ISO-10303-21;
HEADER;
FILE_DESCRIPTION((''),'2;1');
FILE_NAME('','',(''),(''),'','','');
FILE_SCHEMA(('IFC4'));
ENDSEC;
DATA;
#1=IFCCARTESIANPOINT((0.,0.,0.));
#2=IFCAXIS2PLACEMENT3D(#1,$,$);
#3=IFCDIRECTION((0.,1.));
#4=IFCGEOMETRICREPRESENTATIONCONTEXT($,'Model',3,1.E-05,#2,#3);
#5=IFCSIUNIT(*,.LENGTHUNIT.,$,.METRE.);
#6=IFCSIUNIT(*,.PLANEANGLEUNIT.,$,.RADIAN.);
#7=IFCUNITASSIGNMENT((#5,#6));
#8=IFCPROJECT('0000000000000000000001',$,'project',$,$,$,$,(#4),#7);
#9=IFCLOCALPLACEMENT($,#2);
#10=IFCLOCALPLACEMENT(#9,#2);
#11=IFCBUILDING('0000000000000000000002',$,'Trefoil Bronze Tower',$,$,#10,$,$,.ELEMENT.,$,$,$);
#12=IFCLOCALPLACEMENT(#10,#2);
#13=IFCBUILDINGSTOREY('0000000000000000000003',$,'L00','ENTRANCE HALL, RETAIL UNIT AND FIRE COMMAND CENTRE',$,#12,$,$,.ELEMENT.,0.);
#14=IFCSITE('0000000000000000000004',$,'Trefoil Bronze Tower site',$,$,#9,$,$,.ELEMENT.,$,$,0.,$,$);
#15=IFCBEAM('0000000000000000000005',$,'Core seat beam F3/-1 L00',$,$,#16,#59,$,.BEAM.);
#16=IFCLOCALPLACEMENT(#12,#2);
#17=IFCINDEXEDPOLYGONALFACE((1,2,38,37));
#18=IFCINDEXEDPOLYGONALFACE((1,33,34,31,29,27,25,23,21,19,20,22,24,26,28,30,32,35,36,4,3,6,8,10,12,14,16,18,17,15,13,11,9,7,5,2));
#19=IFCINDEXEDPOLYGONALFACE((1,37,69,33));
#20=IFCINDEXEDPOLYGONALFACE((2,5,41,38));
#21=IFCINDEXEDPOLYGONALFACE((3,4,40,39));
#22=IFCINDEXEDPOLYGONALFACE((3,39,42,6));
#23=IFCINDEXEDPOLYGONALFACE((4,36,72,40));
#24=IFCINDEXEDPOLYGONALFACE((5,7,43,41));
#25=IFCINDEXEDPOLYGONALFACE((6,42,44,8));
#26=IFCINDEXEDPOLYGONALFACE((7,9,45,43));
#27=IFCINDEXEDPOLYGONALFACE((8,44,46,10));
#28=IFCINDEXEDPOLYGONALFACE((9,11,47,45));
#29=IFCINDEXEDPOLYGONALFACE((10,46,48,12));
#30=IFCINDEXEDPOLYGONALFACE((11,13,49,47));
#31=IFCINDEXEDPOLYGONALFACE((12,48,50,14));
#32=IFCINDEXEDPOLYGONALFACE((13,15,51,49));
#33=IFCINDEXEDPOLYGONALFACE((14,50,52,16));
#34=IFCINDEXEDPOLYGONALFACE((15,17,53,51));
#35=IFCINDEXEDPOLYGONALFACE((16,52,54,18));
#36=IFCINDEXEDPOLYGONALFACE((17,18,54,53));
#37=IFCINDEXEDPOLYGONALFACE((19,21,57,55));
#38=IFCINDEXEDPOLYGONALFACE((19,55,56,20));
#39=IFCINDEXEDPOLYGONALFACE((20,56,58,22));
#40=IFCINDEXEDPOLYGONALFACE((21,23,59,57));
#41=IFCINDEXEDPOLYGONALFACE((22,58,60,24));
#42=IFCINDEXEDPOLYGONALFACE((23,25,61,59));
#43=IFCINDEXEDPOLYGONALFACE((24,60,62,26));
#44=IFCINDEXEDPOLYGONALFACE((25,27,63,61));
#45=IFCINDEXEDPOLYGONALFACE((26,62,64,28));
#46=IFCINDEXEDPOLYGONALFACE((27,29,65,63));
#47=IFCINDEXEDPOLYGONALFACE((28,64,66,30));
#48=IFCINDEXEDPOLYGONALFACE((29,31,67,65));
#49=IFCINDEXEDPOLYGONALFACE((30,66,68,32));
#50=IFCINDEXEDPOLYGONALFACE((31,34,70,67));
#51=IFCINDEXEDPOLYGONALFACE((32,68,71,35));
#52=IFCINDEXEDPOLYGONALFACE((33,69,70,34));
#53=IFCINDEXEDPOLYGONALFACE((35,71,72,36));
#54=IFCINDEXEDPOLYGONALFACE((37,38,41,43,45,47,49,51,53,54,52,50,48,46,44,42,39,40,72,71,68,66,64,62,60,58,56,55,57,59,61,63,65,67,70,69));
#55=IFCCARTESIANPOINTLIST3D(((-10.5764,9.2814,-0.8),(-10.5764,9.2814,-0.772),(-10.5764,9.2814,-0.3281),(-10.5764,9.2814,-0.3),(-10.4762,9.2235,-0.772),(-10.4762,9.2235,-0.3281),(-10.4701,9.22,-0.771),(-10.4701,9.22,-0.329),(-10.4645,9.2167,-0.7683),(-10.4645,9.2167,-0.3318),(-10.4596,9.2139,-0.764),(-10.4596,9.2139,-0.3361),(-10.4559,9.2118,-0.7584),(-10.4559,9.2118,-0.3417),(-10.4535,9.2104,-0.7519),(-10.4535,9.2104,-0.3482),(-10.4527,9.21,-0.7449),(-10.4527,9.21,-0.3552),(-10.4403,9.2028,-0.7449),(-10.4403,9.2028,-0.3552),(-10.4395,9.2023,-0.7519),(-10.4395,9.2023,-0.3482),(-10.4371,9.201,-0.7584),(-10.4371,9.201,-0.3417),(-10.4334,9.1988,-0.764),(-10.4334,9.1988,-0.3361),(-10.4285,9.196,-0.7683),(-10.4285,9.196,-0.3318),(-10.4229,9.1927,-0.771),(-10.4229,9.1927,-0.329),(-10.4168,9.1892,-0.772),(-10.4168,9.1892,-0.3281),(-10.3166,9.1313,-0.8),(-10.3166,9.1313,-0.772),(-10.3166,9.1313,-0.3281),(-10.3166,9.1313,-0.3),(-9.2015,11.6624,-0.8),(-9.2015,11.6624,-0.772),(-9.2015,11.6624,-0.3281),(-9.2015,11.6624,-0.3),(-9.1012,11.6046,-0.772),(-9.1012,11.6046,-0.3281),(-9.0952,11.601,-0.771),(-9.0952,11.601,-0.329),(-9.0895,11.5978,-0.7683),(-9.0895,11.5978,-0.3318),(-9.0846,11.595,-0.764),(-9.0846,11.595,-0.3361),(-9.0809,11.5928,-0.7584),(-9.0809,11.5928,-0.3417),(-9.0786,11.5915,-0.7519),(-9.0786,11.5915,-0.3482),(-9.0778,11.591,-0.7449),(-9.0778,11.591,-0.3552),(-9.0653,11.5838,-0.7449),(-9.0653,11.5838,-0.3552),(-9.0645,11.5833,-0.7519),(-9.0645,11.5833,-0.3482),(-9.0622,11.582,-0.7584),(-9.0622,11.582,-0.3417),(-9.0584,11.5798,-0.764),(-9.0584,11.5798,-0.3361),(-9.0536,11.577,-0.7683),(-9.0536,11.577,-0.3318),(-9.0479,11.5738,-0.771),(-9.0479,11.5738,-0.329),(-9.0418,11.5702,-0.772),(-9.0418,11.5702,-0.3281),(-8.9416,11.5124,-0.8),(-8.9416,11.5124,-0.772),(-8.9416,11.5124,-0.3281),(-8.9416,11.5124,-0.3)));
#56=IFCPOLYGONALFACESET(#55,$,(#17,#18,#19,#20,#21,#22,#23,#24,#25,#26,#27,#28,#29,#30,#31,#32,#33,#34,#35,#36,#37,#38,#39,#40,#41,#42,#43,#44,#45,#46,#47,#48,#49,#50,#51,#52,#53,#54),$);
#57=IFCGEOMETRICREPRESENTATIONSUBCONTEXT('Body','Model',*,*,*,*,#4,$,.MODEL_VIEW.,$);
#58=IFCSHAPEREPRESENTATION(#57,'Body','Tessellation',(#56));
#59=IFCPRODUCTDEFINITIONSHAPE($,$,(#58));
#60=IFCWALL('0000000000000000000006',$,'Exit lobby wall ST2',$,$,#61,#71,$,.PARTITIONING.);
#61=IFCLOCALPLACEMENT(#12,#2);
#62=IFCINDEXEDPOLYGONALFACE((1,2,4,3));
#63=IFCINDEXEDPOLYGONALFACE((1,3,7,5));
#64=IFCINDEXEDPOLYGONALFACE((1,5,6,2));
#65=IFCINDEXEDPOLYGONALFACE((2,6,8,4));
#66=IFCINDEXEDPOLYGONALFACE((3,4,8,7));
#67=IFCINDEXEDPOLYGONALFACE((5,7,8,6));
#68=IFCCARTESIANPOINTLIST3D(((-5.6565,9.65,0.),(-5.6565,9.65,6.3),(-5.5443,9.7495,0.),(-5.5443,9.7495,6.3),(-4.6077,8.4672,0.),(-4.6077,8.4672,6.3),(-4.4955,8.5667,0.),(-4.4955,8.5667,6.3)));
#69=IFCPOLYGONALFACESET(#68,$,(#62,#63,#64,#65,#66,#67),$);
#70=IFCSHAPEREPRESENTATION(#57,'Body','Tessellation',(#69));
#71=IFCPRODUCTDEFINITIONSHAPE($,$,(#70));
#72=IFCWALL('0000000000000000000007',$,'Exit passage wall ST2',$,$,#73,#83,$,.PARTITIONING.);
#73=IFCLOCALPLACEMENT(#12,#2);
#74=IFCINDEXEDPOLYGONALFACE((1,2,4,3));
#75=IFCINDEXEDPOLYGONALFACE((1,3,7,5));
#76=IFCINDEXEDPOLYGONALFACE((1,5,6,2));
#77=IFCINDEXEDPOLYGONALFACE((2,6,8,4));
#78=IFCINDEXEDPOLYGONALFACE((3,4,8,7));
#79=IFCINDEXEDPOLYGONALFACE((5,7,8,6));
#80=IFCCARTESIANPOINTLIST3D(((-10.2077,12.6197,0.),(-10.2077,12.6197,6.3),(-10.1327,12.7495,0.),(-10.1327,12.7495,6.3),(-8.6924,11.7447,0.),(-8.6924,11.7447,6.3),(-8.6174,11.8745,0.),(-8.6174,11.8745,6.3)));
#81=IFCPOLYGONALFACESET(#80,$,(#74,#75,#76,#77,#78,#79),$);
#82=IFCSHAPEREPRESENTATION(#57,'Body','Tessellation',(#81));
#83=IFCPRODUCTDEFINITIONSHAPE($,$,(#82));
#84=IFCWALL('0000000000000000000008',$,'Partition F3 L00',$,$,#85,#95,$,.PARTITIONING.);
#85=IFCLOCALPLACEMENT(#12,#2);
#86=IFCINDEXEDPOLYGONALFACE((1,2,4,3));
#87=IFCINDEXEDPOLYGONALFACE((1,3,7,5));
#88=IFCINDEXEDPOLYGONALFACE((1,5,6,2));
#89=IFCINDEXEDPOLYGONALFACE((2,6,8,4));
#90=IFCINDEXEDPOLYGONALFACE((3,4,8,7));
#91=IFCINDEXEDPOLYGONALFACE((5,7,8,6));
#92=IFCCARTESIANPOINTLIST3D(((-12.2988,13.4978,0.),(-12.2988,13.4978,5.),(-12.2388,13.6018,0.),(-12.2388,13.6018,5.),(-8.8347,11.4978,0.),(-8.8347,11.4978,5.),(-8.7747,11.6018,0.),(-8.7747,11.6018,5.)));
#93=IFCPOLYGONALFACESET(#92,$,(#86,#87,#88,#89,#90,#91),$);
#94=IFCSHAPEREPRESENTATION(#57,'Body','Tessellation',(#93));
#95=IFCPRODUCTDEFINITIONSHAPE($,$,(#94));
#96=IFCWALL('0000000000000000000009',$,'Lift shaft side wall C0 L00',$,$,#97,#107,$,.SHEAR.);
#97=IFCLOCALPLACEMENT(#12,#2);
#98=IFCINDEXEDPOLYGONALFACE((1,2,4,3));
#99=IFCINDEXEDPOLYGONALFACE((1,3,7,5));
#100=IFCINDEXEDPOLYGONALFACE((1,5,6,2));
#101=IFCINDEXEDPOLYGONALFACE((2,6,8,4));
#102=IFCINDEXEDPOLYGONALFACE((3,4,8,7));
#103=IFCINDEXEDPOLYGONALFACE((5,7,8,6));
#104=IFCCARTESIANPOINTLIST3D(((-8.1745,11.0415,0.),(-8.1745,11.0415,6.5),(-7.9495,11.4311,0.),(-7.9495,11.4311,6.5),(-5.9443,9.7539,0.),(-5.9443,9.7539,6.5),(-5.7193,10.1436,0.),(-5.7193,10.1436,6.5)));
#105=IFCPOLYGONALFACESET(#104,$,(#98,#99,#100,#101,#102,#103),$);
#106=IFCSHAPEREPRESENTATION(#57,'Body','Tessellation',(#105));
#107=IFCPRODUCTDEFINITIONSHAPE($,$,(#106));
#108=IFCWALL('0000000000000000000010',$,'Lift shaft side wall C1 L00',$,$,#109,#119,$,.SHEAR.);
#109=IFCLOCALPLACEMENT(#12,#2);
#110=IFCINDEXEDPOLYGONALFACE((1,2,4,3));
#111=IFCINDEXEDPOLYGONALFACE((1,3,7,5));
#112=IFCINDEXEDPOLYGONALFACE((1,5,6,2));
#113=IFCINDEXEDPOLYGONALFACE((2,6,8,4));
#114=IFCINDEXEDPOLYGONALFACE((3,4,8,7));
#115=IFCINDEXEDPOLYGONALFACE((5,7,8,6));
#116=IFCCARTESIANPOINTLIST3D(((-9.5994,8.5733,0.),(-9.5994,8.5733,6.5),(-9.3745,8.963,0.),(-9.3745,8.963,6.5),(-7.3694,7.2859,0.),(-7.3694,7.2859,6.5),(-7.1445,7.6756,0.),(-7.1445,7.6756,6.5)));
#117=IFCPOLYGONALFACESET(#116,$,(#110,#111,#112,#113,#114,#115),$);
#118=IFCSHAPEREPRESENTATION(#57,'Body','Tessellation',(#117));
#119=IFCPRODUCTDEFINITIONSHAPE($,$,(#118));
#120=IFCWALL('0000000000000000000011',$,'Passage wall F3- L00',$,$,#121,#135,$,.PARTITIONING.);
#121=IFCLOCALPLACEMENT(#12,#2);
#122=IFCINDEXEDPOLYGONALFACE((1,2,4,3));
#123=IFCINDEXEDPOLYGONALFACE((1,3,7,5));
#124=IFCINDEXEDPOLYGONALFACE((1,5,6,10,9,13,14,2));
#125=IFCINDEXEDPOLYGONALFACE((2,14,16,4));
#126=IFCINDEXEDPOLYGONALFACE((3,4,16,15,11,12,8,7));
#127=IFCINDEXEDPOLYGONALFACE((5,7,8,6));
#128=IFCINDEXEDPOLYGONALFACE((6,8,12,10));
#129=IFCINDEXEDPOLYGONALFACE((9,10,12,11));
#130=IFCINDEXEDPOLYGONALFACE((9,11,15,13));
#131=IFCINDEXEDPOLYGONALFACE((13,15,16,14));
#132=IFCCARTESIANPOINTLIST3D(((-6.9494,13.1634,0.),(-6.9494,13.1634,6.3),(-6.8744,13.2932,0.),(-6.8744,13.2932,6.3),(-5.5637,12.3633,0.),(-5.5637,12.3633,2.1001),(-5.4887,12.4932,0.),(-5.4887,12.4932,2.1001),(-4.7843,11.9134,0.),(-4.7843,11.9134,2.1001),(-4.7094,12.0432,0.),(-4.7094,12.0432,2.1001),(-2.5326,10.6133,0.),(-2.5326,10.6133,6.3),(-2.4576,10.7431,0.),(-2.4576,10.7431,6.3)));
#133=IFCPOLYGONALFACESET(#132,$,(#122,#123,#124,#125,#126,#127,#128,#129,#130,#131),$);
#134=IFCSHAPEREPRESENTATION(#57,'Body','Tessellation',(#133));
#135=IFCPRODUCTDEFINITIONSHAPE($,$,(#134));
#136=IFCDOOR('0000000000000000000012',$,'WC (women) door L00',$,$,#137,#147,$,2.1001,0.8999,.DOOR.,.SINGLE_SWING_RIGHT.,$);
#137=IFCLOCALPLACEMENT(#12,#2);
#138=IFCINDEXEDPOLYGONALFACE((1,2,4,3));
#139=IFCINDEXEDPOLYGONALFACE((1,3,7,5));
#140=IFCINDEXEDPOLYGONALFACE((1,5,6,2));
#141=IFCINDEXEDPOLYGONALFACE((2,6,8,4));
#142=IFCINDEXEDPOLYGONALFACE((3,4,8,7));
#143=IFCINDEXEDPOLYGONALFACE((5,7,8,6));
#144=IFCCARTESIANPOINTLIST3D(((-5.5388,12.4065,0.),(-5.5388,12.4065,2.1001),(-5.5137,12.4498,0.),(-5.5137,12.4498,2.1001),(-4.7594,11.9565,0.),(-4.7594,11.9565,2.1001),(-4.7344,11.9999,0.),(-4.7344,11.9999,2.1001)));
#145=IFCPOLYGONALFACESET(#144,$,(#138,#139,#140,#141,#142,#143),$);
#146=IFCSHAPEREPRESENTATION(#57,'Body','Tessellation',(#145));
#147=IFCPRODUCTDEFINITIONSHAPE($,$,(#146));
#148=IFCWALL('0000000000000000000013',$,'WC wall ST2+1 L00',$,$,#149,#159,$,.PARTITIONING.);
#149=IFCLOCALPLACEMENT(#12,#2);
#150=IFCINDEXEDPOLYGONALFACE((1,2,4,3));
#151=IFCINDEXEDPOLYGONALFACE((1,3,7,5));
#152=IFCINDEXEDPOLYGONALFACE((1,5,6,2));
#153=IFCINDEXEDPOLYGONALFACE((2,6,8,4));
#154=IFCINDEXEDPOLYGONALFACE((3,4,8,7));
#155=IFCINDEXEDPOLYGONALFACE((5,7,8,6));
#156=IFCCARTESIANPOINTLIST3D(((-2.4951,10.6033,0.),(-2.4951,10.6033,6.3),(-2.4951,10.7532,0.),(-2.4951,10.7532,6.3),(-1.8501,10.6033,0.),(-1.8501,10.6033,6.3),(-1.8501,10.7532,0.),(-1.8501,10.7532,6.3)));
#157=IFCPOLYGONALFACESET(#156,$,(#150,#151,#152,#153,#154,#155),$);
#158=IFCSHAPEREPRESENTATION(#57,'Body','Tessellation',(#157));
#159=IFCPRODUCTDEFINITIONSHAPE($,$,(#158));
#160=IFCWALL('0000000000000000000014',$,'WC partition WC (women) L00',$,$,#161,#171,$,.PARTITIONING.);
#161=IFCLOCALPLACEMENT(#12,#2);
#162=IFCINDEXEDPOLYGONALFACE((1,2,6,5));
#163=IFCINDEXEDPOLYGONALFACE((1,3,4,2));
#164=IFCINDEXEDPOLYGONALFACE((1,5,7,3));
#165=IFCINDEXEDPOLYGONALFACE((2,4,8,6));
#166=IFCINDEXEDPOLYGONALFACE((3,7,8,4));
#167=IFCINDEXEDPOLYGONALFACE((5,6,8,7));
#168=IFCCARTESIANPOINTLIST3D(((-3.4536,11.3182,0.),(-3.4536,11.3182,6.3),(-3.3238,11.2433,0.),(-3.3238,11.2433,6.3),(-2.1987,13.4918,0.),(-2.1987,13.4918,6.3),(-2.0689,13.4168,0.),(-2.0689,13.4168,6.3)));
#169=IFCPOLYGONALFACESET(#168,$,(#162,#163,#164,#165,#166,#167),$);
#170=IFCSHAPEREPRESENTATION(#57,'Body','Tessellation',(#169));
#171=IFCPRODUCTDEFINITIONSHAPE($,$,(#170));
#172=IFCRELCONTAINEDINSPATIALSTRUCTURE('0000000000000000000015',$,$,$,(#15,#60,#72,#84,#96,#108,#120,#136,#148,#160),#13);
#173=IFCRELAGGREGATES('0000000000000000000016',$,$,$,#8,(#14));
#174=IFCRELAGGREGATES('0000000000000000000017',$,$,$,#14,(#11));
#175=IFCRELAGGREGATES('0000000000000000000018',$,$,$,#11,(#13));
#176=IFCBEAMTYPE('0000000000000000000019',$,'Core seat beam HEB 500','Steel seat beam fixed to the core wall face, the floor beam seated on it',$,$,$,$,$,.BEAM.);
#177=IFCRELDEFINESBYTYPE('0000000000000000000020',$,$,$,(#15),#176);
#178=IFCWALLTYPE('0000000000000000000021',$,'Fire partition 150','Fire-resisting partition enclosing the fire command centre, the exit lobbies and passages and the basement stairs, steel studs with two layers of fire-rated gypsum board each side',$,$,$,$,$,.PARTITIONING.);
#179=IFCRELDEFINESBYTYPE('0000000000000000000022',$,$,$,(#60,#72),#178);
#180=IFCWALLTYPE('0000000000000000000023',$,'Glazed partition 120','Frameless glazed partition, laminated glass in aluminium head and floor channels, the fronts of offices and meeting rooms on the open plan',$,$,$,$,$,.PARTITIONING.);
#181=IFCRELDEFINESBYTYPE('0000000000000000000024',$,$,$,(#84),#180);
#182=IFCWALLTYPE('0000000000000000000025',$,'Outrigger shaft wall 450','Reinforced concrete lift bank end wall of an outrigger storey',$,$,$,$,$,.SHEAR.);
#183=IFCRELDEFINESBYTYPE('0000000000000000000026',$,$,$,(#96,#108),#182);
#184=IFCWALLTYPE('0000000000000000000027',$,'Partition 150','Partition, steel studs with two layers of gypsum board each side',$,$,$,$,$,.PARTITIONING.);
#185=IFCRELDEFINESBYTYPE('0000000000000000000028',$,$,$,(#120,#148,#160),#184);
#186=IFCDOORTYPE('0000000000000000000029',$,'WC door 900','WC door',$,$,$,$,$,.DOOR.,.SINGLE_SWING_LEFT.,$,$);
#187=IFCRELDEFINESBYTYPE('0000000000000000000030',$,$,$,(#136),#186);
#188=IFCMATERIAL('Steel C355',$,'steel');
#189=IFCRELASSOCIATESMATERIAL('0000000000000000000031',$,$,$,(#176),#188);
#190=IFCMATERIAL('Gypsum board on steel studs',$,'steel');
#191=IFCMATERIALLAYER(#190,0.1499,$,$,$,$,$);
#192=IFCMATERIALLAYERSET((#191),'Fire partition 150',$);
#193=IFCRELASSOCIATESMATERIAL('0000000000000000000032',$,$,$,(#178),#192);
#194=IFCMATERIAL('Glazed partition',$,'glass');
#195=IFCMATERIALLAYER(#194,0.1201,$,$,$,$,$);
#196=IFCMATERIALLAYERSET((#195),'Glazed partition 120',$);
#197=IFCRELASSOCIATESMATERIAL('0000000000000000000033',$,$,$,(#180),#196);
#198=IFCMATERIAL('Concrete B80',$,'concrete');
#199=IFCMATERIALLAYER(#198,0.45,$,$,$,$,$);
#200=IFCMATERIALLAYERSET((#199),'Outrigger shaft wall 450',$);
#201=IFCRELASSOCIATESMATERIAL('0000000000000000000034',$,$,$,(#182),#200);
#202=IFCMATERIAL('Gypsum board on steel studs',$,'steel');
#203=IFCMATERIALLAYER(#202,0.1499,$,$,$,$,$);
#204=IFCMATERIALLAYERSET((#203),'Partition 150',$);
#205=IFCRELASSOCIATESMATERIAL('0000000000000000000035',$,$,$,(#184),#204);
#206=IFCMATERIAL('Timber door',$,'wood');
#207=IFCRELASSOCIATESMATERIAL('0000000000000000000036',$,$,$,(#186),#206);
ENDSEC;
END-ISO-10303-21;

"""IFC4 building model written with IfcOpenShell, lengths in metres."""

from ifc_helpers import new_model, si_unit, direction, frame, frame_2d, origin, origin_2d, place, context, subcontext, project, spatial, rectangle, i_section, extrude, material, layer, layer_set, material_profile, profile_set, type_object, element, fill, save


model = new_model("IFC4")

# Units and contexts
model_context = context("Model", 3, precision=1e-05, world=origin(), true_north=direction((0.0, 1.0)))
body_context = subcontext(model_context, "Body", "Model", "MODEL_VIEW")
ifc_project = project(units=[si_unit("LENGTHUNIT", "METRE"), si_unit("PLANEANGLEUNIT", "RADIAN")], contexts=[model_context])

# Site, building, storey
site_placement = place(None, origin())
site = spatial("IfcSite", under=ifc_project, at=site_placement, Name="Trefoil Bronze Tower site", CompositionType="ELEMENT", RefElevation=0.0)
building_placement = place(site_placement, origin())
building = spatial("IfcBuilding", under=site, at=building_placement, Name="Trefoil Bronze Tower", CompositionType="ELEMENT")
storey_placement = place(building_placement, origin())
storey = spatial("IfcBuildingStorey", under=building, at=storey_placement, Name="L00", Description="ENTRANCE HALL, RETAIL UNIT AND FIRE COMMAND CENTRE", CompositionType="ELEMENT", Elevation=0.0)

# Beam
ifc_material_1 = material(Name="Steel C355", Category="steel")
ifc_material_profile = material_profile(ifc_material_1, i_section(OverallWidth=0.3, OverallDepth=0.5, WebThickness=0.0144, FlangeThickness=0.0281, FilletRadius=0.0271, at=origin_2d()), Name="HEB 500")
ifc_profile_set = profile_set([ifc_material_profile], Name="Steel C355")
beam_type = type_object("IfcBeamType", Name="Core seat beam HEB 500", Description="Steel seat beam fixed to the core wall face, the floor beam seated on it", PredefinedType="BEAM", material=ifc_profile_set)
beam_placement = place(storey_placement, frame((-9.0715, 11.5874, -0.55), z_axis=(-0.500073, -0.865983, 0.0), x_axis=(0.865983, -0.500073, 0.0)))
element("IfcBeam", 1, at=beam_placement, inside=storey, type_object=beam_type, Name="Core seat beam F3/-1 L00", PredefinedType="BEAM", context=body_context, shape_type="SweptSolid", body=[
    extrude(i_section(OverallWidth=0.3, OverallDepth=0.5, WebThickness=0.0144, FlangeThickness=0.0281, FilletRadius=0.0271, at=origin_2d()), origin(), (0.0, 0.0, 1.0), 2.7495),
])

# Walls
ifc_material_2 = material(Name="Gypsum board on steel studs", Category="steel")
ifc_layer_1 = layer(ifc_material_2, 0.1499)
ifc_layer_set_1 = layer_set([ifc_layer_1], Name="Fire partition 150")
wall_type_1 = type_object("IfcWallType", Name="Fire partition 150", Description="Fire-resisting partition enclosing the fire command centre, the exit lobbies and passages and the basement stairs, steel studs with two layers of fire-rated gypsum board each side", PredefinedType="PARTITIONING", material=ifc_layer_set_1)
wall_1_placement = place(storey_placement, frame((-4.5515, 8.5168, 0.0), z_axis=(0.0, 0.0, 1.0), x_axis=(-0.663443, 0.748227, 0.0)))
element("IfcWall", 2, at=wall_1_placement, inside=storey, type_object=wall_type_1, Name="Exit lobby wall ST2", PredefinedType="PARTITIONING", context=body_context, shape_type="SweptSolid", body=[
    extrude(rectangle(XDim=1.5808, YDim=0.1499, at=frame_2d((0.7905, 0.0))), origin(), (0.0, 0.0, 1.0), 6.3),
])
wall_2_placement = place(storey_placement, frame((-8.6548, 11.8096, 0.0), z_axis=(0.0, 0.0, 1.0), x_axis=(-0.866002, 0.50004, 0.0)))
element("IfcWall", 3, at=wall_2_placement, inside=storey, type_object=wall_type_1, Name="Exit passage wall ST2", PredefinedType="PARTITIONING", context=body_context, shape_type="SweptSolid", body=[
    extrude(rectangle(XDim=1.7498, YDim=0.1499, at=frame_2d((0.875, 0.0))), origin(), (0.0, 0.0, 1.0), 6.3),
])
ifc_material_3 = material(Name="Glazed partition", Category="glass")
ifc_layer_2 = layer(ifc_material_3, 0.1201)
ifc_layer_set_2 = layer_set([ifc_layer_2], Name="Glazed partition 120")
wall_type_2 = type_object("IfcWallType", Name="Glazed partition 120", Description="Frameless glazed partition, laminated glass in aluminium head and floor channels, the fronts of offices and meeting rooms on the open plan", PredefinedType="PARTITIONING", material=ifc_layer_set_2)
wall_3_placement = place(storey_placement, frame((-8.8047, 11.5498, 0.0), z_axis=(0.0, 0.0, 1.0), x_axis=(-0.866026, 0.499999, 0.0)))
element("IfcWall", 4, at=wall_3_placement, inside=storey, type_object=wall_type_2, Name="Partition F3 L00", PredefinedType="PARTITIONING", context=body_context, shape_type="SweptSolid", body=[
    extrude(rectangle(XDim=4.0, YDim=0.1201, at=frame_2d((2.0, 0.0))), origin(), (0.0, 0.0, 1.0), 5.0),
])
ifc_material_4 = material(Name="Concrete B80", Category="concrete")
ifc_layer_3 = layer(ifc_material_4, 0.45)
ifc_layer_set_3 = layer_set([ifc_layer_3], Name="Outrigger shaft wall 450")
wall_type_3 = type_object("IfcWallType", Name="Outrigger shaft wall 450", Description="Reinforced concrete lift bank end wall of an outrigger storey", PredefinedType="SHEAR", material=ifc_layer_set_3)
wall_4_placement = place(storey_placement, frame((-5.8318, 9.9487, 0.0), z_axis=(0.0, 0.0, 1.0), x_axis=(-0.866029, 0.499993, 0.0)))
element("IfcWall", 5, at=wall_4_placement, inside=storey, type_object=wall_type_3, Name="Lift shaft side wall C0 L00", PredefinedType="SHEAR", context=body_context, shape_type="SweptSolid", body=[
    extrude(rectangle(XDim=2.5752, YDim=0.45, at=frame_2d((1.2876, 0.0))), origin(), (0.0, 0.0, 1.0), 6.5),
])
wall_5_placement = place(storey_placement, frame((-7.2568, 7.4807, 0.0), z_axis=(0.0, 0.0, 1.0), x_axis=(-0.866047, 0.499963, 0.0)))
element("IfcWall", 6, at=wall_5_placement, inside=storey, type_object=wall_type_3, Name="Lift shaft side wall C1 L00", PredefinedType="SHEAR", context=body_context, shape_type="SweptSolid", body=[
    extrude(rectangle(XDim=2.575, YDim=0.45, at=frame_2d((1.2876, 0.0))), origin(), (0.0, 0.0, 1.0), 6.5),
])

# Wall, opening, door
ifc_material_5 = material(Name="Gypsum board on steel studs", Category="steel")
ifc_layer_4 = layer(ifc_material_5, 0.1499)
ifc_layer_set_4 = layer_set([ifc_layer_4], Name="Partition 150")
wall_type_4 = type_object("IfcWallType", Name="Partition 150", Description="Partition, steel studs with two layers of gypsum board each side", PredefinedType="PARTITIONING", material=ifc_layer_set_4)
wall_6_placement = place(storey_placement, frame((-2.4951, 10.6782, 0.0), z_axis=(0.0, 0.0, 1.0), x_axis=(-0.866022, 0.500006, 0.0)))
wall_6 = element("IfcWall", 7, at=wall_6_placement, inside=storey, type_object=wall_type_4, Name="Passage wall F3- L00", PredefinedType="PARTITIONING", context=body_context, shape_type="SweptSolid", body=[
    extrude(rectangle(XDim=5.1001, YDim=0.1499, at=frame_2d((2.55, 0.0))), origin(), (0.0, 0.0, 1.0), 6.3),
])
opening_1_placement = place(wall_6_placement, frame((2.6001, 0.0, 0.0)))
opening_1 = element("IfcOpeningElement", 8, at=opening_1_placement, cuts=wall_6, PredefinedType="OPENING", context=body_context, shape_type="SweptSolid", body=[
    extrude(rectangle(XDim=0.8999, YDim=2.1001, at=frame_2d((0.45, 1.05))), frame((0.0, 0.085, 0.0), z_axis=(0.0, -1.0, 0.0), x_axis=(1.0, 0.0, 0.0)), (0.0, 0.0, 1.0), 0.1699),
])
ifc_material_6 = material(Name="Timber door", Category="wood")
door_type_1 = type_object("IfcDoorType", Name="WC door 900", Description="WC door", OperationType="SINGLE_SWING_LEFT", PredefinedType="DOOR", material=ifc_material_6)
door_1_placement = place(opening_1_placement, frame((0.8999, 0.0, 0.0), z_axis=(0.0, 0.0, 1.0), x_axis=(-1.0, 0.0, 0.0)))
door_1 = element("IfcDoor", 9, at=door_1_placement, inside=storey, type_object=door_type_1, Name="WC (women) door L00", OperationType="SINGLE_SWING_RIGHT", OverallHeight=2.1001, OverallWidth=0.8999, PredefinedType="DOOR", context=body_context, shape_type="SweptSolid", body=[
    extrude(rectangle(XDim=0.8999, YDim=2.1001, at=frame_2d((0.45, 1.05))), frame((0.0, 0.0249, 0.0), z_axis=(0.0, -1.0, 0.0), x_axis=(1.0, 0.0, 0.0)), (0.0, 0.0, 1.0), 0.05),
])
fill(opening_1, door_1)

# Walls
wall_7_placement = place(storey_placement, frame((-2.4951, 10.6782, 0.0), z_axis=(0.0, 0.0, 1.0), x_axis=(1.0, 0.0, 0.0)))
element("IfcWall", 10, at=wall_7_placement, inside=storey, type_object=wall_type_4, Name="WC wall ST2+1 L00", PredefinedType="PARTITIONING", context=body_context, shape_type="SweptSolid", body=[
    extrude(rectangle(XDim=0.645, YDim=0.1499, at=frame_2d((0.3225, 0.0))), origin(), (0.0, 0.0, 1.0), 6.3),
])
wall_8_placement = place(storey_placement, frame((-3.3887, 11.2808, 0.0), z_axis=(0.0, 0.0, 1.0), x_axis=(0.499989, 0.866032, 0.0)))
element("IfcWall", 11, at=wall_8_placement, inside=storey, type_object=wall_type_4, Name="WC partition WC (women) L00", PredefinedType="PARTITIONING", context=body_context, shape_type="SweptSolid", body=[
    extrude(rectangle(XDim=2.5098, YDim=0.1499, at=frame_2d((1.2549, 0.0))), origin(), (0.0, 0.0, 1.0), 6.3),
])

save(model, "model.ifc")
